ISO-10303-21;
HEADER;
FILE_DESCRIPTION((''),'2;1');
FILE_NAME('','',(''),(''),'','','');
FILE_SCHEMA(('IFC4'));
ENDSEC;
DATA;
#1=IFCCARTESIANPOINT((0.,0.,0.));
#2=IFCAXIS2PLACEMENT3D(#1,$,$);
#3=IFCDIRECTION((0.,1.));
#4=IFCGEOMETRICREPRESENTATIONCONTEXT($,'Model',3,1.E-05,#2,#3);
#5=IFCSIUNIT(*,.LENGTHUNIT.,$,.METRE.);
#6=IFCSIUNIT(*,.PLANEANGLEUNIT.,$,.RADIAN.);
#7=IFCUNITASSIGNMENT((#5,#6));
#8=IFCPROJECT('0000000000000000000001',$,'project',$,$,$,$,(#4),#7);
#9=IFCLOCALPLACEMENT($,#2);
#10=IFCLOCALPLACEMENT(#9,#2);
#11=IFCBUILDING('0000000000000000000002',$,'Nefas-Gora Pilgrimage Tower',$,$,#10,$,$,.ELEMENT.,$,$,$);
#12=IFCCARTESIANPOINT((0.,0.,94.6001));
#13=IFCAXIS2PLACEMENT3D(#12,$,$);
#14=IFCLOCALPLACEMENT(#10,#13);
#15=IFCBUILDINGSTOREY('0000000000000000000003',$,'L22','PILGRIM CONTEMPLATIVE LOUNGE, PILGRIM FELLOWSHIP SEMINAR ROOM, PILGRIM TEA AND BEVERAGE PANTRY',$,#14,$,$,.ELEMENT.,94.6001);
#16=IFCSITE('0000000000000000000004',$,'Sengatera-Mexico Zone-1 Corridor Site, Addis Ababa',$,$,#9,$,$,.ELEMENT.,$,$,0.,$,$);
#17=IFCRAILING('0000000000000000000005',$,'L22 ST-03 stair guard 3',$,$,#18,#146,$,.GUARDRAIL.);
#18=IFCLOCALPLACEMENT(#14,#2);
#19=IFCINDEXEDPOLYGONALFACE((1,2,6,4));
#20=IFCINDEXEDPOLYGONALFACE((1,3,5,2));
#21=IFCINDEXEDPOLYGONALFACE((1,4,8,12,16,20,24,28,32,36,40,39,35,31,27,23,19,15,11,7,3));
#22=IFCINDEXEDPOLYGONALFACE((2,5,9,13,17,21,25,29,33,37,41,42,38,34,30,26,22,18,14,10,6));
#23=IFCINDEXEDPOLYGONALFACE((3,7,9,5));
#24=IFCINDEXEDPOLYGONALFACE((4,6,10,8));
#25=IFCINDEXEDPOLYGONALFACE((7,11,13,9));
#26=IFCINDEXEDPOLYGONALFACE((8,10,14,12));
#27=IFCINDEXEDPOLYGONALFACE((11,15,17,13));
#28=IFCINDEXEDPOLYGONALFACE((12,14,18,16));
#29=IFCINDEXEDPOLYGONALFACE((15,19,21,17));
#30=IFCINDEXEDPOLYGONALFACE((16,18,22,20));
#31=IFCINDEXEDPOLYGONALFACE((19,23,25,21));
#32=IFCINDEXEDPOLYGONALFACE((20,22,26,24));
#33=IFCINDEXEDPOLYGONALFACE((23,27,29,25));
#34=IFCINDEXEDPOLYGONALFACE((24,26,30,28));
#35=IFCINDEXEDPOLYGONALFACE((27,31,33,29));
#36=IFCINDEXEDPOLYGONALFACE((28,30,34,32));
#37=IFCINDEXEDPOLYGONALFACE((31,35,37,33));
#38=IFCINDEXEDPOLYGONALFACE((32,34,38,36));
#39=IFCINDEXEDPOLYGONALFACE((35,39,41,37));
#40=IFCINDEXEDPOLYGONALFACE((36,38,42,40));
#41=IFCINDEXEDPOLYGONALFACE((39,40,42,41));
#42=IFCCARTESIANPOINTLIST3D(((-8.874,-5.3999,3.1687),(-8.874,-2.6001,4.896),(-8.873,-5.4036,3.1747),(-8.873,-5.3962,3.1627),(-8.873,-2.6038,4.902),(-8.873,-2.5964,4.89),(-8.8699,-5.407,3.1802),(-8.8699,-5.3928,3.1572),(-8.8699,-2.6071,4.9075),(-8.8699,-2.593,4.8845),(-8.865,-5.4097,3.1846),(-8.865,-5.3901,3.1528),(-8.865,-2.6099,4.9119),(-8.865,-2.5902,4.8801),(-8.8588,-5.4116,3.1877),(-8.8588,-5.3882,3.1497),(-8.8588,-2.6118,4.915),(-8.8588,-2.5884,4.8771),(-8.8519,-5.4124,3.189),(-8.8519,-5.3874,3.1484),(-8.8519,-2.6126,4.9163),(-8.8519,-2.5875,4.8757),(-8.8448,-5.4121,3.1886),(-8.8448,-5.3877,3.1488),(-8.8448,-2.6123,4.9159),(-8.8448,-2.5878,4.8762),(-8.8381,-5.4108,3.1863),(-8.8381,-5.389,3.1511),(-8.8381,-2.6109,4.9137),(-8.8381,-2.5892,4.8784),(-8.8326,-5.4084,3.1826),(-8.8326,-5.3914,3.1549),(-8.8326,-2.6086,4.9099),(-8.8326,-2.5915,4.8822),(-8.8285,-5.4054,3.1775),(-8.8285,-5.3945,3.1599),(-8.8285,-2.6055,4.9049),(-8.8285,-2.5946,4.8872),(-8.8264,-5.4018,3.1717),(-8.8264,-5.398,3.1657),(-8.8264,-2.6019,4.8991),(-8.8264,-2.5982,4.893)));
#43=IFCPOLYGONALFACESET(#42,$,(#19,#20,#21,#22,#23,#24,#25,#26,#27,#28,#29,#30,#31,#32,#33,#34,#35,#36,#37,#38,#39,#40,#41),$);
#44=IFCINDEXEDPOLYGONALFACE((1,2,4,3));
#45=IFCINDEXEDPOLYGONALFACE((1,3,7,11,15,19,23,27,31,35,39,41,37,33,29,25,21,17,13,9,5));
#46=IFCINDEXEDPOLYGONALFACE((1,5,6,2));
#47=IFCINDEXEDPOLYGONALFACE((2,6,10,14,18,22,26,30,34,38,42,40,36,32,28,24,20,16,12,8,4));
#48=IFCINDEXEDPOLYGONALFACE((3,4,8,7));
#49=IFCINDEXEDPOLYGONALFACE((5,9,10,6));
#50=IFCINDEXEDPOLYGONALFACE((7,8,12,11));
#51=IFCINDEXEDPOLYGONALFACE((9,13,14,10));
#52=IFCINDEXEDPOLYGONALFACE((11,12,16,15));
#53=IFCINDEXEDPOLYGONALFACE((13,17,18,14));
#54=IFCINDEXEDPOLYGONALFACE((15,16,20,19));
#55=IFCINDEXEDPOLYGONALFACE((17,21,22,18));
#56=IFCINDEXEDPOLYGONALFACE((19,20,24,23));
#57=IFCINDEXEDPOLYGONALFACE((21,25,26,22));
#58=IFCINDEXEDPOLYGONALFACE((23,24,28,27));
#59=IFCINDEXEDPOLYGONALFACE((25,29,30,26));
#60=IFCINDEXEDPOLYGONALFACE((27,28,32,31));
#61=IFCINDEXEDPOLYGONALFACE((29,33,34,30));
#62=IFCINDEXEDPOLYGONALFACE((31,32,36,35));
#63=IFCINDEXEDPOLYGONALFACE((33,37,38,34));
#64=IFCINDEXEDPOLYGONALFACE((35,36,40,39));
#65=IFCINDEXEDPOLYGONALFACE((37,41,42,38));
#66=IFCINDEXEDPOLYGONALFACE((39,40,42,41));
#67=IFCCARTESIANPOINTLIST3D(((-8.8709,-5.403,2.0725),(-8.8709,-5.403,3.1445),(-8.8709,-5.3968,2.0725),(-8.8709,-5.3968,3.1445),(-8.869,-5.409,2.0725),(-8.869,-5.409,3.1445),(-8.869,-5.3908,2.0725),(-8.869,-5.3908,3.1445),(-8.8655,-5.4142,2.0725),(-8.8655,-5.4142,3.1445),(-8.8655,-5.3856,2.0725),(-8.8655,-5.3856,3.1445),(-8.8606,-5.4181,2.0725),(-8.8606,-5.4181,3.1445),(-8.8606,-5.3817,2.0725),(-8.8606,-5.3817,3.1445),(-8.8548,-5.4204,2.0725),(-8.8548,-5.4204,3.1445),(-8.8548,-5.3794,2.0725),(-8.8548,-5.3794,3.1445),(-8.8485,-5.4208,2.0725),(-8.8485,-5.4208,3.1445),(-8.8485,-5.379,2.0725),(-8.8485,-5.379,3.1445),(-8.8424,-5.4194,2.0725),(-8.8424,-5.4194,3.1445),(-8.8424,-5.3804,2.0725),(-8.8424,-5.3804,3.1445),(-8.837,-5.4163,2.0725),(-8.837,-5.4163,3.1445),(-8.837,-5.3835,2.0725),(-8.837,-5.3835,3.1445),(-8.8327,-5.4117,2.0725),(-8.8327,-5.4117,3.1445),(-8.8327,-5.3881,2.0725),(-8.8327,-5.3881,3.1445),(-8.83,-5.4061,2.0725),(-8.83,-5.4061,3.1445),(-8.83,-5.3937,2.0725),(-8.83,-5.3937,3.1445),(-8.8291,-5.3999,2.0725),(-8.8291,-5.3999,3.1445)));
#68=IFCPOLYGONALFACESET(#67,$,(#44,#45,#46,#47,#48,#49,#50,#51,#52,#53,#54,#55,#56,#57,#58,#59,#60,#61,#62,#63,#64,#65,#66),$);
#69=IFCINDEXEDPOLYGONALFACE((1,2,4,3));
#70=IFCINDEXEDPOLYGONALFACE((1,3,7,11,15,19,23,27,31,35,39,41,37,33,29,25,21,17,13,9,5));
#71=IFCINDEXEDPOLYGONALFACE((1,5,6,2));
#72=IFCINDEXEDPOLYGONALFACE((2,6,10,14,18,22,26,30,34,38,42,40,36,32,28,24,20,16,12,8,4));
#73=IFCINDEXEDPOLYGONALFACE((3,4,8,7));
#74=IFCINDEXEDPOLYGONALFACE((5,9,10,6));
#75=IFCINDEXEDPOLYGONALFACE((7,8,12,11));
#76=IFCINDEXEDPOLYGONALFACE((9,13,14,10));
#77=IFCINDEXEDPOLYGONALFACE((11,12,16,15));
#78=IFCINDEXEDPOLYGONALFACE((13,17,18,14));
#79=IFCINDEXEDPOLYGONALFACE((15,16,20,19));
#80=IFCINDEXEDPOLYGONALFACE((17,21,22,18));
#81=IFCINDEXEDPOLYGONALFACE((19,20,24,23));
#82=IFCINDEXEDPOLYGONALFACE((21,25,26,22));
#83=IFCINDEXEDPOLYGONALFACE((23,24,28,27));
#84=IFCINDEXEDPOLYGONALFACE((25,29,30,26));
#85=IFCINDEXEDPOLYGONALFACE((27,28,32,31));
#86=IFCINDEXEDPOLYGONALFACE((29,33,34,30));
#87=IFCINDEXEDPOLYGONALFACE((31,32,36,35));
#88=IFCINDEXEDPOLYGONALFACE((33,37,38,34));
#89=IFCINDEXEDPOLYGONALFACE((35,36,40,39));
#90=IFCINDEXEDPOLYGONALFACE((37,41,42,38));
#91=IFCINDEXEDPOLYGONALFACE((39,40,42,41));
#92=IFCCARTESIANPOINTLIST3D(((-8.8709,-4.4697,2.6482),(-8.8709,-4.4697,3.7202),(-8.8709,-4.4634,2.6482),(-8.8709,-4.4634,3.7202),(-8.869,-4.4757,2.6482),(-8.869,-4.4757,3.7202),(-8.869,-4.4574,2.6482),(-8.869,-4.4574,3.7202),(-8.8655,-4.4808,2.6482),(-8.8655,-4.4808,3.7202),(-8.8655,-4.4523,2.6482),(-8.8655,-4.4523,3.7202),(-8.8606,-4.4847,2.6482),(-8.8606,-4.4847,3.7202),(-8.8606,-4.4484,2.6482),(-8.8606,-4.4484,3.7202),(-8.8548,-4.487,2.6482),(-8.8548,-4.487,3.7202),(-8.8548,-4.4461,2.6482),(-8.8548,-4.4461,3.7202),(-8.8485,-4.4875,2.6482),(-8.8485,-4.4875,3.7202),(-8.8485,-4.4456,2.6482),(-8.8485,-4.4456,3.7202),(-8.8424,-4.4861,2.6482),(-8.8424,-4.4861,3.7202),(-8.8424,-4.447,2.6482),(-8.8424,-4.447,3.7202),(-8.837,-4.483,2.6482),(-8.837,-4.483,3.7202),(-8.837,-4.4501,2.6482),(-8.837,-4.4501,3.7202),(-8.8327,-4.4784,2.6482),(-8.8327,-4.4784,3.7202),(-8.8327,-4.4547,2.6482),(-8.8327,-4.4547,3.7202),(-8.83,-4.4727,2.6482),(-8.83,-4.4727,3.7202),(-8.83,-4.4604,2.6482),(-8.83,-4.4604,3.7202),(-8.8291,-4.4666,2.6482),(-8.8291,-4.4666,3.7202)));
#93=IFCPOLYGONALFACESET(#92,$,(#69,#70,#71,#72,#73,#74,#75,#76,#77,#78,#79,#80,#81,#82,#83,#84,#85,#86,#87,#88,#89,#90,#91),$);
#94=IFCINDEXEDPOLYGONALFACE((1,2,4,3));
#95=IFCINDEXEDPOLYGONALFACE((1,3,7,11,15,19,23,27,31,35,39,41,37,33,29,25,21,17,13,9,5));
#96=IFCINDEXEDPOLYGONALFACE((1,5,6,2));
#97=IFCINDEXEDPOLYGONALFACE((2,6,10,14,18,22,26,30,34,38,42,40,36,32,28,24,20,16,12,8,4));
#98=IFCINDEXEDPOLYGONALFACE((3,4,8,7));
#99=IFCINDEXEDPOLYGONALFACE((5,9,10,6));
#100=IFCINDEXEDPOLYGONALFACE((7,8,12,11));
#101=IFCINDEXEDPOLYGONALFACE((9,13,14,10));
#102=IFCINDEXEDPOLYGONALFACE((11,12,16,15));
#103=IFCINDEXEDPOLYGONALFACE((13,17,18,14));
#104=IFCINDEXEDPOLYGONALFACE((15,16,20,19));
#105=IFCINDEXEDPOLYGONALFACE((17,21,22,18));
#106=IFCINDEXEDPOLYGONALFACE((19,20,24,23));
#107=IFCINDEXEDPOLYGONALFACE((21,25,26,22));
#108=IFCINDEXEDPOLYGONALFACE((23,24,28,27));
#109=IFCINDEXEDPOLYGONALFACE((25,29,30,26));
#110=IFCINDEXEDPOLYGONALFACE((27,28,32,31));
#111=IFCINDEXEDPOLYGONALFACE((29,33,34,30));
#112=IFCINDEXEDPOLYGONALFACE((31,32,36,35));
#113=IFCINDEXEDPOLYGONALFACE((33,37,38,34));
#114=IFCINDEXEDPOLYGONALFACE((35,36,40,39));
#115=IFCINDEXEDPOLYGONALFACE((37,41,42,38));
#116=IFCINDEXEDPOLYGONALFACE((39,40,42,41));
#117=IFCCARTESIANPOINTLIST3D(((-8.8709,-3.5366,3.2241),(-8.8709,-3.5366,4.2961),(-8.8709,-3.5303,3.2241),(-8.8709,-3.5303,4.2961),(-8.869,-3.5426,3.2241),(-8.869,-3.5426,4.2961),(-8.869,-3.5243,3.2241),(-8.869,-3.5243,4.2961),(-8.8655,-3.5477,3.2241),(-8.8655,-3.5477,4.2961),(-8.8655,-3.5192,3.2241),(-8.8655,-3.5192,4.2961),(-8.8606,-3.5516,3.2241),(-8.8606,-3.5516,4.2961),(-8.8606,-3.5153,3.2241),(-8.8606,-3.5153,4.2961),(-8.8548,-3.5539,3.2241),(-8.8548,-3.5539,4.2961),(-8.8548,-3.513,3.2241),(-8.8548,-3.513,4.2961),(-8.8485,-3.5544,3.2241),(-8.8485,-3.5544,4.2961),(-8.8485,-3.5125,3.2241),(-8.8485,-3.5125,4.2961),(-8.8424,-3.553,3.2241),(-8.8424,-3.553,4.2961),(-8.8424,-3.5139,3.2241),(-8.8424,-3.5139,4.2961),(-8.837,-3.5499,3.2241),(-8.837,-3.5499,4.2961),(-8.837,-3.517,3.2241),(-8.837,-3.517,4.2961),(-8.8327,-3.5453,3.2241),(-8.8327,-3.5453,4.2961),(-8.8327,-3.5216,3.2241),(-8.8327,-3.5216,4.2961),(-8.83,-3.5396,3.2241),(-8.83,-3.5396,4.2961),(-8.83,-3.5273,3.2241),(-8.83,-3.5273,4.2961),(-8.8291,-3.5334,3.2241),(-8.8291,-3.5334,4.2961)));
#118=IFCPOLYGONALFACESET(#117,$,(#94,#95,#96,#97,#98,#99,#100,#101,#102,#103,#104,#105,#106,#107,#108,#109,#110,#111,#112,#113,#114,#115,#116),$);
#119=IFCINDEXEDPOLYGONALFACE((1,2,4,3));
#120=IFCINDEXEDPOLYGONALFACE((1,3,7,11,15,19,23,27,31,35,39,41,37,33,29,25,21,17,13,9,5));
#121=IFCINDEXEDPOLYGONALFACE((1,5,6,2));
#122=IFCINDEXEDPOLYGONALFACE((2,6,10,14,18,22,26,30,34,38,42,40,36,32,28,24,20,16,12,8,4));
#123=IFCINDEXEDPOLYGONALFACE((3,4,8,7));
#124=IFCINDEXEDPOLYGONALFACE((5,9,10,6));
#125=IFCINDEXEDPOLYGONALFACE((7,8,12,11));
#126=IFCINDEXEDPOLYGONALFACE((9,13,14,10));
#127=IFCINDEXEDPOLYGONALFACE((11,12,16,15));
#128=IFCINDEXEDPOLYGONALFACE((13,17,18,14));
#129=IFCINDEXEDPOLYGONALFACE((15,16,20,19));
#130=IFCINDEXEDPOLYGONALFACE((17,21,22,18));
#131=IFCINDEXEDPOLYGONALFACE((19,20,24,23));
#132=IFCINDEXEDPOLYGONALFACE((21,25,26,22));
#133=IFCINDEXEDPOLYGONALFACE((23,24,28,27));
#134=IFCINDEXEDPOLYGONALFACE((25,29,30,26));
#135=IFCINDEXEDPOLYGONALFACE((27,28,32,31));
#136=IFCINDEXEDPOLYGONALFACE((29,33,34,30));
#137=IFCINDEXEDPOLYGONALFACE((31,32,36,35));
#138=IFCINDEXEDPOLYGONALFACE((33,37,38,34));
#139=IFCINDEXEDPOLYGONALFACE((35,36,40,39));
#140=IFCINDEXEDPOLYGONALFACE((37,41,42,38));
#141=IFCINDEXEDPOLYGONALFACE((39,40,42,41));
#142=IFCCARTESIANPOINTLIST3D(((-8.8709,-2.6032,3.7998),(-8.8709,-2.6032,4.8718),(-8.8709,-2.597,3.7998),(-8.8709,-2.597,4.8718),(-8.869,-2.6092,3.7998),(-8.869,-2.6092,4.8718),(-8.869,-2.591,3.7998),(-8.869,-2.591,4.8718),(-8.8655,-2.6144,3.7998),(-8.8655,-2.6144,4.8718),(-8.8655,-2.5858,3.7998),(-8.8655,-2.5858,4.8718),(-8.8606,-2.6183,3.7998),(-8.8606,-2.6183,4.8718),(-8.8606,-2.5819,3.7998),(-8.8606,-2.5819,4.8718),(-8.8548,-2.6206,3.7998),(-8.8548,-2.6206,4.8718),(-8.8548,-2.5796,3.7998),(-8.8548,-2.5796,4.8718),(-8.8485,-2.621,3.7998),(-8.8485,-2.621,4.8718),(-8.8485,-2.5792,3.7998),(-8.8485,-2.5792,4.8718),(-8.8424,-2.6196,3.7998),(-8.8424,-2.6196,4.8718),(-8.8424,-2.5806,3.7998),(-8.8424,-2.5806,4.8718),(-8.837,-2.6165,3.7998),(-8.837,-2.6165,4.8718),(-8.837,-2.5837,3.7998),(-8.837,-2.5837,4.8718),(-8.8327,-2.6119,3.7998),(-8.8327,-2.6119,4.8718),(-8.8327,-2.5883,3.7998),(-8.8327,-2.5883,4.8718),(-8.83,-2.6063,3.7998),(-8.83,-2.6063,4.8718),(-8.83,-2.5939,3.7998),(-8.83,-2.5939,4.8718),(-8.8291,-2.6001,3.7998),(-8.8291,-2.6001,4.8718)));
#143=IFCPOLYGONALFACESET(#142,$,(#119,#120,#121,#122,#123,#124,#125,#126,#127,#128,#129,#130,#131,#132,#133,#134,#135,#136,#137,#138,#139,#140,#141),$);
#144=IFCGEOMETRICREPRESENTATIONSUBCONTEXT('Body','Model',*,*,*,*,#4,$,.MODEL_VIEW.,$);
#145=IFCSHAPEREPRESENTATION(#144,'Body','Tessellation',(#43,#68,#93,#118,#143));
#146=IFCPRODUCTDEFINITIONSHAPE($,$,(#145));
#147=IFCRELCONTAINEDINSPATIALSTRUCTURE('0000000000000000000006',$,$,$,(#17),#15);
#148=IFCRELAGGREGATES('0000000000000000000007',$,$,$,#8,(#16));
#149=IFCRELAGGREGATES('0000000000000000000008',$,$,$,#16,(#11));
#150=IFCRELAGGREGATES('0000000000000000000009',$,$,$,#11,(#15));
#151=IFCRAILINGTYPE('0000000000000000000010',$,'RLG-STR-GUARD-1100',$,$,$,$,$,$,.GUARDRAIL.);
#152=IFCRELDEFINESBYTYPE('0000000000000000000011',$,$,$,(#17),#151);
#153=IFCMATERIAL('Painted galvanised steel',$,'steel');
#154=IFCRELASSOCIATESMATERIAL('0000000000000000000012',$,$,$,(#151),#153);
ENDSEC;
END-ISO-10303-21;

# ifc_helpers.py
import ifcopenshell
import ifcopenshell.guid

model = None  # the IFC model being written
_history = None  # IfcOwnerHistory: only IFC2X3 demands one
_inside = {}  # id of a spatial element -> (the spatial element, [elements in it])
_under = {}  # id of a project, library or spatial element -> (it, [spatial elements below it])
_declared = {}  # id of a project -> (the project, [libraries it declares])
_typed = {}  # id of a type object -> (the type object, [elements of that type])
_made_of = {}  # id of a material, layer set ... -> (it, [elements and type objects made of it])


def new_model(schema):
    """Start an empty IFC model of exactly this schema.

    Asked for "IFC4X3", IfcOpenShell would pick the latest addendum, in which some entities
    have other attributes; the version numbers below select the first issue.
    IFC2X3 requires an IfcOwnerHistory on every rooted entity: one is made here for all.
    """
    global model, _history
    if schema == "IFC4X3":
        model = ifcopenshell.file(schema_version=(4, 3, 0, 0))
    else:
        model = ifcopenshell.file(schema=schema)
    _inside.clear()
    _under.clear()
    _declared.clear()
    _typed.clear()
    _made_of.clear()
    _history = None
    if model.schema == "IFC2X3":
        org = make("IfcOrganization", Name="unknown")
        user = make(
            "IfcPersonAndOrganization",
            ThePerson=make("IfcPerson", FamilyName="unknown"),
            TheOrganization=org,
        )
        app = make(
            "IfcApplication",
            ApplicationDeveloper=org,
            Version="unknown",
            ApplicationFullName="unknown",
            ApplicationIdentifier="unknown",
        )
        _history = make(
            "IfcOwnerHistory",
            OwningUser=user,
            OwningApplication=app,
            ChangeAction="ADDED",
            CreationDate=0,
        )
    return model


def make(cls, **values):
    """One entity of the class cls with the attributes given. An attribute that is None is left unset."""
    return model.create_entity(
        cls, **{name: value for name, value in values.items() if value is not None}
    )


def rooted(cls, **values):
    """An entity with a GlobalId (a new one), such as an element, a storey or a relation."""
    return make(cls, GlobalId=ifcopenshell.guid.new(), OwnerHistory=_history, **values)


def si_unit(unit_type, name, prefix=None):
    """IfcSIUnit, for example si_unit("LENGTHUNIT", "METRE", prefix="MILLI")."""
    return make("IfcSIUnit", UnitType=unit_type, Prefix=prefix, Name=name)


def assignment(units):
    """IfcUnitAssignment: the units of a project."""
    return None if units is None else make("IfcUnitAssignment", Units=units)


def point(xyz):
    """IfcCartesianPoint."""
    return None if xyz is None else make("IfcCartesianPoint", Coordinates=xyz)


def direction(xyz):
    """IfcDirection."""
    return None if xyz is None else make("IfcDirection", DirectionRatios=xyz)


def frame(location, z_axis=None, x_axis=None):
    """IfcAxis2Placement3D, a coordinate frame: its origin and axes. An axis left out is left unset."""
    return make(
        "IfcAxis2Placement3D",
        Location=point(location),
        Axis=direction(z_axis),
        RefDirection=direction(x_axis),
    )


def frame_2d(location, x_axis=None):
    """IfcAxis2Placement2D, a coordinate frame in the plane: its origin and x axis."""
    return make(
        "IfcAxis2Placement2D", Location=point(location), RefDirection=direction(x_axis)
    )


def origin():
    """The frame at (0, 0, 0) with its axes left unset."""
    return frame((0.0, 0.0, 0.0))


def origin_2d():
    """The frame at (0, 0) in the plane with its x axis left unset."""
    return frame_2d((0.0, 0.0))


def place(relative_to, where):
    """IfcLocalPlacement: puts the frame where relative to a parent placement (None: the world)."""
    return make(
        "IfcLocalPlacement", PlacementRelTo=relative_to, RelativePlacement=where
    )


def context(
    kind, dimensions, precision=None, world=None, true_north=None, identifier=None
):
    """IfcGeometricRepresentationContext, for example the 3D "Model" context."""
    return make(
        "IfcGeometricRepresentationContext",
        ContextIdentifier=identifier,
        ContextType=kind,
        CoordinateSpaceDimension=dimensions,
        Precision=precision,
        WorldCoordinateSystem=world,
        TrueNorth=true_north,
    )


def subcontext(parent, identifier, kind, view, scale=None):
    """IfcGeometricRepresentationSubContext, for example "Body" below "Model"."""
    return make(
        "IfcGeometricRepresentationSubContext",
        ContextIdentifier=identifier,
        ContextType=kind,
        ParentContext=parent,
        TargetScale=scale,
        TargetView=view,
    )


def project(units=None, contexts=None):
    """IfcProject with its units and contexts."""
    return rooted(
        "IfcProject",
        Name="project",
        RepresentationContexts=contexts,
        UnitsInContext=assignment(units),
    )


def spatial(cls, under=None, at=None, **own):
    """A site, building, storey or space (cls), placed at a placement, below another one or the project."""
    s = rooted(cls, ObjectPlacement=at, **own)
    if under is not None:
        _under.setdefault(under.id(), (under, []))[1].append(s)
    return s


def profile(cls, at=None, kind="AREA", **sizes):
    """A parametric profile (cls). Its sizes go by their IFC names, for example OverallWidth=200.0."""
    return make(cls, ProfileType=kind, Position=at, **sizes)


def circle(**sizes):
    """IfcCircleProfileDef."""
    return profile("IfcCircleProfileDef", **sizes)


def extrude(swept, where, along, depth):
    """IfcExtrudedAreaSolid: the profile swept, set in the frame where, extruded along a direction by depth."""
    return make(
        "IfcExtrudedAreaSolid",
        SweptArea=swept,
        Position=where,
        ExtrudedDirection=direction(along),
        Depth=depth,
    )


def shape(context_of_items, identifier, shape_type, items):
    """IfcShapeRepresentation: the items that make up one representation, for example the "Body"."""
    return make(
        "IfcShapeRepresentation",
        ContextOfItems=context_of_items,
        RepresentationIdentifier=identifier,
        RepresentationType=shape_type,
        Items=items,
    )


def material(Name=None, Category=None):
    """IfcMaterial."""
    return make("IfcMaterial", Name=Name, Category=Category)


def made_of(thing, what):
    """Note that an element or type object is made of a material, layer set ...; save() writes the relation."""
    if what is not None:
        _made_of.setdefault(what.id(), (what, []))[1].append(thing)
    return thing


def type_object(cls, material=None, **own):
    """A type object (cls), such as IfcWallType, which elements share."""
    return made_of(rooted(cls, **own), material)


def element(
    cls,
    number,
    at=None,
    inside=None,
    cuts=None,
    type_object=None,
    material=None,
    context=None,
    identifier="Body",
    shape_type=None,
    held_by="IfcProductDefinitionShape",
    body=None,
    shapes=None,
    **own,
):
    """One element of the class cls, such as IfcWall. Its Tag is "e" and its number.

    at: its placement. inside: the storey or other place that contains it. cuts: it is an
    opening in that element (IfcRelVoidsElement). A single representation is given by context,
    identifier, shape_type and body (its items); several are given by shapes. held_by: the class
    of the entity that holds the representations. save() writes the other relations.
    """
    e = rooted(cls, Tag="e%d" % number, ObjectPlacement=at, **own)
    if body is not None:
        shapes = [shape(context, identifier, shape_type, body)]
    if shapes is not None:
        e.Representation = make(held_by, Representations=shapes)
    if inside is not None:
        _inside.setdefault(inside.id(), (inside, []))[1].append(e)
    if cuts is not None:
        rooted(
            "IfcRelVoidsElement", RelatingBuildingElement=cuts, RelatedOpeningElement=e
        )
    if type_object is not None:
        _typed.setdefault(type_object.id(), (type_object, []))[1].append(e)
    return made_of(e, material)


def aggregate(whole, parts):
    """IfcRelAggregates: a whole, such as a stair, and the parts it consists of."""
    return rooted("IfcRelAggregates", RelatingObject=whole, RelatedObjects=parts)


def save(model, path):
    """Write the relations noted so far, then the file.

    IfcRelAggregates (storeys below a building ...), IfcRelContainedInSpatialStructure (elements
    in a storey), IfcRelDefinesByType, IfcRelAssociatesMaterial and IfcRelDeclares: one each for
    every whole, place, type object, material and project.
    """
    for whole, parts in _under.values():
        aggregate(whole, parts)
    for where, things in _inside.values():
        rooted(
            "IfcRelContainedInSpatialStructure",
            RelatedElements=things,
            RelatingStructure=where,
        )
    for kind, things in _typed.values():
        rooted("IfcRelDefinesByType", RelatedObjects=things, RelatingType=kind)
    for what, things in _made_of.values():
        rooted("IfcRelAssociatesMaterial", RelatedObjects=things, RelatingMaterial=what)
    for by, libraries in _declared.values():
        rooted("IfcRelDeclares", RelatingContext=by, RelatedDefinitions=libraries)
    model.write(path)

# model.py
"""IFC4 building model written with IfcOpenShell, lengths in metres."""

from ifc_helpers import new_model, si_unit, direction, frame, origin, origin_2d, place, context, subcontext, project, spatial, circle, extrude, material, type_object, element, save


model = new_model("IFC4")

# Units and contexts
model_context = context("Model", 3, precision=1e-05, world=origin(), true_north=direction((0.0, 1.0)))
body_context = subcontext(model_context, "Body", "Model", "MODEL_VIEW")
ifc_project = project(units=[si_unit("LENGTHUNIT", "METRE"), si_unit("PLANEANGLEUNIT", "RADIAN")], contexts=[model_context])

# Site, building, storey
site_placement = place(None, origin())
site = spatial("IfcSite", under=ifc_project, at=site_placement, Name="Sengatera-Mexico Zone-1 Corridor Site, Addis Ababa", CompositionType="ELEMENT", RefElevation=0.0)
building_placement = place(site_placement, origin())
building = spatial("IfcBuilding", under=site, at=building_placement, Name="Nefas-Gora Pilgrimage Tower", CompositionType="ELEMENT")
storey_placement = place(building_placement, frame((0.0, 0.0, 94.6001)))
storey = spatial("IfcBuildingStorey", under=building, at=storey_placement, Name="L22", Description="PILGRIM CONTEMPLATIVE LOUNGE, PILGRIM FELLOWSHIP SEMINAR ROOM, PILGRIM TEA AND BEVERAGE PANTRY", CompositionType="ELEMENT", Elevation=94.6001)

# Railing
ifc_material_1 = material(Name="Painted galvanised steel", Category="steel")
railing_type_1 = type_object("IfcRailingType", Name="RLG-STR-GUARD-1100", PredefinedType="GUARDRAIL", material=ifc_material_1)
railing_1_placement = place(storey_placement, frame((-8.8501, -5.3999, 2.0725)))
element("IfcRailing", 1, at=railing_1_placement, inside=storey, type_object=railing_type_1, Name="L22 ST-03 stair guard 3", PredefinedType="GUARDRAIL", context=body_context, shape_type="SweptSolid", body=[
    extrude(circle(Radius=0.0239, at=origin_2d()), frame((0.0, 0.0, 1.0962), z_axis=(0.0, 0.851069, 0.525054), x_axis=(-1.0, 0.0, 0.0)), (0.0, 0.0, 1.0), 3.2898),
    extrude(circle(Radius=0.021, at=origin_2d()), origin(), (0.0, 0.0, 1.0), 1.072),
    extrude(circle(Radius=0.021, at=origin_2d()), frame((0.0, 0.9333, 0.5757)), (0.0, 0.0, 1.0), 1.072),
    extrude(circle(Radius=0.021, at=origin_2d()), frame((0.0, 1.8665, 1.1516)), (0.0, 0.0, 1.0), 1.072),
    extrude(circle(Radius=0.021, at=origin_2d()), frame((0.0, 2.7998, 1.7273)), (0.0, 0.0, 1.0), 1.072),
])

save(model, "model.ifc")
